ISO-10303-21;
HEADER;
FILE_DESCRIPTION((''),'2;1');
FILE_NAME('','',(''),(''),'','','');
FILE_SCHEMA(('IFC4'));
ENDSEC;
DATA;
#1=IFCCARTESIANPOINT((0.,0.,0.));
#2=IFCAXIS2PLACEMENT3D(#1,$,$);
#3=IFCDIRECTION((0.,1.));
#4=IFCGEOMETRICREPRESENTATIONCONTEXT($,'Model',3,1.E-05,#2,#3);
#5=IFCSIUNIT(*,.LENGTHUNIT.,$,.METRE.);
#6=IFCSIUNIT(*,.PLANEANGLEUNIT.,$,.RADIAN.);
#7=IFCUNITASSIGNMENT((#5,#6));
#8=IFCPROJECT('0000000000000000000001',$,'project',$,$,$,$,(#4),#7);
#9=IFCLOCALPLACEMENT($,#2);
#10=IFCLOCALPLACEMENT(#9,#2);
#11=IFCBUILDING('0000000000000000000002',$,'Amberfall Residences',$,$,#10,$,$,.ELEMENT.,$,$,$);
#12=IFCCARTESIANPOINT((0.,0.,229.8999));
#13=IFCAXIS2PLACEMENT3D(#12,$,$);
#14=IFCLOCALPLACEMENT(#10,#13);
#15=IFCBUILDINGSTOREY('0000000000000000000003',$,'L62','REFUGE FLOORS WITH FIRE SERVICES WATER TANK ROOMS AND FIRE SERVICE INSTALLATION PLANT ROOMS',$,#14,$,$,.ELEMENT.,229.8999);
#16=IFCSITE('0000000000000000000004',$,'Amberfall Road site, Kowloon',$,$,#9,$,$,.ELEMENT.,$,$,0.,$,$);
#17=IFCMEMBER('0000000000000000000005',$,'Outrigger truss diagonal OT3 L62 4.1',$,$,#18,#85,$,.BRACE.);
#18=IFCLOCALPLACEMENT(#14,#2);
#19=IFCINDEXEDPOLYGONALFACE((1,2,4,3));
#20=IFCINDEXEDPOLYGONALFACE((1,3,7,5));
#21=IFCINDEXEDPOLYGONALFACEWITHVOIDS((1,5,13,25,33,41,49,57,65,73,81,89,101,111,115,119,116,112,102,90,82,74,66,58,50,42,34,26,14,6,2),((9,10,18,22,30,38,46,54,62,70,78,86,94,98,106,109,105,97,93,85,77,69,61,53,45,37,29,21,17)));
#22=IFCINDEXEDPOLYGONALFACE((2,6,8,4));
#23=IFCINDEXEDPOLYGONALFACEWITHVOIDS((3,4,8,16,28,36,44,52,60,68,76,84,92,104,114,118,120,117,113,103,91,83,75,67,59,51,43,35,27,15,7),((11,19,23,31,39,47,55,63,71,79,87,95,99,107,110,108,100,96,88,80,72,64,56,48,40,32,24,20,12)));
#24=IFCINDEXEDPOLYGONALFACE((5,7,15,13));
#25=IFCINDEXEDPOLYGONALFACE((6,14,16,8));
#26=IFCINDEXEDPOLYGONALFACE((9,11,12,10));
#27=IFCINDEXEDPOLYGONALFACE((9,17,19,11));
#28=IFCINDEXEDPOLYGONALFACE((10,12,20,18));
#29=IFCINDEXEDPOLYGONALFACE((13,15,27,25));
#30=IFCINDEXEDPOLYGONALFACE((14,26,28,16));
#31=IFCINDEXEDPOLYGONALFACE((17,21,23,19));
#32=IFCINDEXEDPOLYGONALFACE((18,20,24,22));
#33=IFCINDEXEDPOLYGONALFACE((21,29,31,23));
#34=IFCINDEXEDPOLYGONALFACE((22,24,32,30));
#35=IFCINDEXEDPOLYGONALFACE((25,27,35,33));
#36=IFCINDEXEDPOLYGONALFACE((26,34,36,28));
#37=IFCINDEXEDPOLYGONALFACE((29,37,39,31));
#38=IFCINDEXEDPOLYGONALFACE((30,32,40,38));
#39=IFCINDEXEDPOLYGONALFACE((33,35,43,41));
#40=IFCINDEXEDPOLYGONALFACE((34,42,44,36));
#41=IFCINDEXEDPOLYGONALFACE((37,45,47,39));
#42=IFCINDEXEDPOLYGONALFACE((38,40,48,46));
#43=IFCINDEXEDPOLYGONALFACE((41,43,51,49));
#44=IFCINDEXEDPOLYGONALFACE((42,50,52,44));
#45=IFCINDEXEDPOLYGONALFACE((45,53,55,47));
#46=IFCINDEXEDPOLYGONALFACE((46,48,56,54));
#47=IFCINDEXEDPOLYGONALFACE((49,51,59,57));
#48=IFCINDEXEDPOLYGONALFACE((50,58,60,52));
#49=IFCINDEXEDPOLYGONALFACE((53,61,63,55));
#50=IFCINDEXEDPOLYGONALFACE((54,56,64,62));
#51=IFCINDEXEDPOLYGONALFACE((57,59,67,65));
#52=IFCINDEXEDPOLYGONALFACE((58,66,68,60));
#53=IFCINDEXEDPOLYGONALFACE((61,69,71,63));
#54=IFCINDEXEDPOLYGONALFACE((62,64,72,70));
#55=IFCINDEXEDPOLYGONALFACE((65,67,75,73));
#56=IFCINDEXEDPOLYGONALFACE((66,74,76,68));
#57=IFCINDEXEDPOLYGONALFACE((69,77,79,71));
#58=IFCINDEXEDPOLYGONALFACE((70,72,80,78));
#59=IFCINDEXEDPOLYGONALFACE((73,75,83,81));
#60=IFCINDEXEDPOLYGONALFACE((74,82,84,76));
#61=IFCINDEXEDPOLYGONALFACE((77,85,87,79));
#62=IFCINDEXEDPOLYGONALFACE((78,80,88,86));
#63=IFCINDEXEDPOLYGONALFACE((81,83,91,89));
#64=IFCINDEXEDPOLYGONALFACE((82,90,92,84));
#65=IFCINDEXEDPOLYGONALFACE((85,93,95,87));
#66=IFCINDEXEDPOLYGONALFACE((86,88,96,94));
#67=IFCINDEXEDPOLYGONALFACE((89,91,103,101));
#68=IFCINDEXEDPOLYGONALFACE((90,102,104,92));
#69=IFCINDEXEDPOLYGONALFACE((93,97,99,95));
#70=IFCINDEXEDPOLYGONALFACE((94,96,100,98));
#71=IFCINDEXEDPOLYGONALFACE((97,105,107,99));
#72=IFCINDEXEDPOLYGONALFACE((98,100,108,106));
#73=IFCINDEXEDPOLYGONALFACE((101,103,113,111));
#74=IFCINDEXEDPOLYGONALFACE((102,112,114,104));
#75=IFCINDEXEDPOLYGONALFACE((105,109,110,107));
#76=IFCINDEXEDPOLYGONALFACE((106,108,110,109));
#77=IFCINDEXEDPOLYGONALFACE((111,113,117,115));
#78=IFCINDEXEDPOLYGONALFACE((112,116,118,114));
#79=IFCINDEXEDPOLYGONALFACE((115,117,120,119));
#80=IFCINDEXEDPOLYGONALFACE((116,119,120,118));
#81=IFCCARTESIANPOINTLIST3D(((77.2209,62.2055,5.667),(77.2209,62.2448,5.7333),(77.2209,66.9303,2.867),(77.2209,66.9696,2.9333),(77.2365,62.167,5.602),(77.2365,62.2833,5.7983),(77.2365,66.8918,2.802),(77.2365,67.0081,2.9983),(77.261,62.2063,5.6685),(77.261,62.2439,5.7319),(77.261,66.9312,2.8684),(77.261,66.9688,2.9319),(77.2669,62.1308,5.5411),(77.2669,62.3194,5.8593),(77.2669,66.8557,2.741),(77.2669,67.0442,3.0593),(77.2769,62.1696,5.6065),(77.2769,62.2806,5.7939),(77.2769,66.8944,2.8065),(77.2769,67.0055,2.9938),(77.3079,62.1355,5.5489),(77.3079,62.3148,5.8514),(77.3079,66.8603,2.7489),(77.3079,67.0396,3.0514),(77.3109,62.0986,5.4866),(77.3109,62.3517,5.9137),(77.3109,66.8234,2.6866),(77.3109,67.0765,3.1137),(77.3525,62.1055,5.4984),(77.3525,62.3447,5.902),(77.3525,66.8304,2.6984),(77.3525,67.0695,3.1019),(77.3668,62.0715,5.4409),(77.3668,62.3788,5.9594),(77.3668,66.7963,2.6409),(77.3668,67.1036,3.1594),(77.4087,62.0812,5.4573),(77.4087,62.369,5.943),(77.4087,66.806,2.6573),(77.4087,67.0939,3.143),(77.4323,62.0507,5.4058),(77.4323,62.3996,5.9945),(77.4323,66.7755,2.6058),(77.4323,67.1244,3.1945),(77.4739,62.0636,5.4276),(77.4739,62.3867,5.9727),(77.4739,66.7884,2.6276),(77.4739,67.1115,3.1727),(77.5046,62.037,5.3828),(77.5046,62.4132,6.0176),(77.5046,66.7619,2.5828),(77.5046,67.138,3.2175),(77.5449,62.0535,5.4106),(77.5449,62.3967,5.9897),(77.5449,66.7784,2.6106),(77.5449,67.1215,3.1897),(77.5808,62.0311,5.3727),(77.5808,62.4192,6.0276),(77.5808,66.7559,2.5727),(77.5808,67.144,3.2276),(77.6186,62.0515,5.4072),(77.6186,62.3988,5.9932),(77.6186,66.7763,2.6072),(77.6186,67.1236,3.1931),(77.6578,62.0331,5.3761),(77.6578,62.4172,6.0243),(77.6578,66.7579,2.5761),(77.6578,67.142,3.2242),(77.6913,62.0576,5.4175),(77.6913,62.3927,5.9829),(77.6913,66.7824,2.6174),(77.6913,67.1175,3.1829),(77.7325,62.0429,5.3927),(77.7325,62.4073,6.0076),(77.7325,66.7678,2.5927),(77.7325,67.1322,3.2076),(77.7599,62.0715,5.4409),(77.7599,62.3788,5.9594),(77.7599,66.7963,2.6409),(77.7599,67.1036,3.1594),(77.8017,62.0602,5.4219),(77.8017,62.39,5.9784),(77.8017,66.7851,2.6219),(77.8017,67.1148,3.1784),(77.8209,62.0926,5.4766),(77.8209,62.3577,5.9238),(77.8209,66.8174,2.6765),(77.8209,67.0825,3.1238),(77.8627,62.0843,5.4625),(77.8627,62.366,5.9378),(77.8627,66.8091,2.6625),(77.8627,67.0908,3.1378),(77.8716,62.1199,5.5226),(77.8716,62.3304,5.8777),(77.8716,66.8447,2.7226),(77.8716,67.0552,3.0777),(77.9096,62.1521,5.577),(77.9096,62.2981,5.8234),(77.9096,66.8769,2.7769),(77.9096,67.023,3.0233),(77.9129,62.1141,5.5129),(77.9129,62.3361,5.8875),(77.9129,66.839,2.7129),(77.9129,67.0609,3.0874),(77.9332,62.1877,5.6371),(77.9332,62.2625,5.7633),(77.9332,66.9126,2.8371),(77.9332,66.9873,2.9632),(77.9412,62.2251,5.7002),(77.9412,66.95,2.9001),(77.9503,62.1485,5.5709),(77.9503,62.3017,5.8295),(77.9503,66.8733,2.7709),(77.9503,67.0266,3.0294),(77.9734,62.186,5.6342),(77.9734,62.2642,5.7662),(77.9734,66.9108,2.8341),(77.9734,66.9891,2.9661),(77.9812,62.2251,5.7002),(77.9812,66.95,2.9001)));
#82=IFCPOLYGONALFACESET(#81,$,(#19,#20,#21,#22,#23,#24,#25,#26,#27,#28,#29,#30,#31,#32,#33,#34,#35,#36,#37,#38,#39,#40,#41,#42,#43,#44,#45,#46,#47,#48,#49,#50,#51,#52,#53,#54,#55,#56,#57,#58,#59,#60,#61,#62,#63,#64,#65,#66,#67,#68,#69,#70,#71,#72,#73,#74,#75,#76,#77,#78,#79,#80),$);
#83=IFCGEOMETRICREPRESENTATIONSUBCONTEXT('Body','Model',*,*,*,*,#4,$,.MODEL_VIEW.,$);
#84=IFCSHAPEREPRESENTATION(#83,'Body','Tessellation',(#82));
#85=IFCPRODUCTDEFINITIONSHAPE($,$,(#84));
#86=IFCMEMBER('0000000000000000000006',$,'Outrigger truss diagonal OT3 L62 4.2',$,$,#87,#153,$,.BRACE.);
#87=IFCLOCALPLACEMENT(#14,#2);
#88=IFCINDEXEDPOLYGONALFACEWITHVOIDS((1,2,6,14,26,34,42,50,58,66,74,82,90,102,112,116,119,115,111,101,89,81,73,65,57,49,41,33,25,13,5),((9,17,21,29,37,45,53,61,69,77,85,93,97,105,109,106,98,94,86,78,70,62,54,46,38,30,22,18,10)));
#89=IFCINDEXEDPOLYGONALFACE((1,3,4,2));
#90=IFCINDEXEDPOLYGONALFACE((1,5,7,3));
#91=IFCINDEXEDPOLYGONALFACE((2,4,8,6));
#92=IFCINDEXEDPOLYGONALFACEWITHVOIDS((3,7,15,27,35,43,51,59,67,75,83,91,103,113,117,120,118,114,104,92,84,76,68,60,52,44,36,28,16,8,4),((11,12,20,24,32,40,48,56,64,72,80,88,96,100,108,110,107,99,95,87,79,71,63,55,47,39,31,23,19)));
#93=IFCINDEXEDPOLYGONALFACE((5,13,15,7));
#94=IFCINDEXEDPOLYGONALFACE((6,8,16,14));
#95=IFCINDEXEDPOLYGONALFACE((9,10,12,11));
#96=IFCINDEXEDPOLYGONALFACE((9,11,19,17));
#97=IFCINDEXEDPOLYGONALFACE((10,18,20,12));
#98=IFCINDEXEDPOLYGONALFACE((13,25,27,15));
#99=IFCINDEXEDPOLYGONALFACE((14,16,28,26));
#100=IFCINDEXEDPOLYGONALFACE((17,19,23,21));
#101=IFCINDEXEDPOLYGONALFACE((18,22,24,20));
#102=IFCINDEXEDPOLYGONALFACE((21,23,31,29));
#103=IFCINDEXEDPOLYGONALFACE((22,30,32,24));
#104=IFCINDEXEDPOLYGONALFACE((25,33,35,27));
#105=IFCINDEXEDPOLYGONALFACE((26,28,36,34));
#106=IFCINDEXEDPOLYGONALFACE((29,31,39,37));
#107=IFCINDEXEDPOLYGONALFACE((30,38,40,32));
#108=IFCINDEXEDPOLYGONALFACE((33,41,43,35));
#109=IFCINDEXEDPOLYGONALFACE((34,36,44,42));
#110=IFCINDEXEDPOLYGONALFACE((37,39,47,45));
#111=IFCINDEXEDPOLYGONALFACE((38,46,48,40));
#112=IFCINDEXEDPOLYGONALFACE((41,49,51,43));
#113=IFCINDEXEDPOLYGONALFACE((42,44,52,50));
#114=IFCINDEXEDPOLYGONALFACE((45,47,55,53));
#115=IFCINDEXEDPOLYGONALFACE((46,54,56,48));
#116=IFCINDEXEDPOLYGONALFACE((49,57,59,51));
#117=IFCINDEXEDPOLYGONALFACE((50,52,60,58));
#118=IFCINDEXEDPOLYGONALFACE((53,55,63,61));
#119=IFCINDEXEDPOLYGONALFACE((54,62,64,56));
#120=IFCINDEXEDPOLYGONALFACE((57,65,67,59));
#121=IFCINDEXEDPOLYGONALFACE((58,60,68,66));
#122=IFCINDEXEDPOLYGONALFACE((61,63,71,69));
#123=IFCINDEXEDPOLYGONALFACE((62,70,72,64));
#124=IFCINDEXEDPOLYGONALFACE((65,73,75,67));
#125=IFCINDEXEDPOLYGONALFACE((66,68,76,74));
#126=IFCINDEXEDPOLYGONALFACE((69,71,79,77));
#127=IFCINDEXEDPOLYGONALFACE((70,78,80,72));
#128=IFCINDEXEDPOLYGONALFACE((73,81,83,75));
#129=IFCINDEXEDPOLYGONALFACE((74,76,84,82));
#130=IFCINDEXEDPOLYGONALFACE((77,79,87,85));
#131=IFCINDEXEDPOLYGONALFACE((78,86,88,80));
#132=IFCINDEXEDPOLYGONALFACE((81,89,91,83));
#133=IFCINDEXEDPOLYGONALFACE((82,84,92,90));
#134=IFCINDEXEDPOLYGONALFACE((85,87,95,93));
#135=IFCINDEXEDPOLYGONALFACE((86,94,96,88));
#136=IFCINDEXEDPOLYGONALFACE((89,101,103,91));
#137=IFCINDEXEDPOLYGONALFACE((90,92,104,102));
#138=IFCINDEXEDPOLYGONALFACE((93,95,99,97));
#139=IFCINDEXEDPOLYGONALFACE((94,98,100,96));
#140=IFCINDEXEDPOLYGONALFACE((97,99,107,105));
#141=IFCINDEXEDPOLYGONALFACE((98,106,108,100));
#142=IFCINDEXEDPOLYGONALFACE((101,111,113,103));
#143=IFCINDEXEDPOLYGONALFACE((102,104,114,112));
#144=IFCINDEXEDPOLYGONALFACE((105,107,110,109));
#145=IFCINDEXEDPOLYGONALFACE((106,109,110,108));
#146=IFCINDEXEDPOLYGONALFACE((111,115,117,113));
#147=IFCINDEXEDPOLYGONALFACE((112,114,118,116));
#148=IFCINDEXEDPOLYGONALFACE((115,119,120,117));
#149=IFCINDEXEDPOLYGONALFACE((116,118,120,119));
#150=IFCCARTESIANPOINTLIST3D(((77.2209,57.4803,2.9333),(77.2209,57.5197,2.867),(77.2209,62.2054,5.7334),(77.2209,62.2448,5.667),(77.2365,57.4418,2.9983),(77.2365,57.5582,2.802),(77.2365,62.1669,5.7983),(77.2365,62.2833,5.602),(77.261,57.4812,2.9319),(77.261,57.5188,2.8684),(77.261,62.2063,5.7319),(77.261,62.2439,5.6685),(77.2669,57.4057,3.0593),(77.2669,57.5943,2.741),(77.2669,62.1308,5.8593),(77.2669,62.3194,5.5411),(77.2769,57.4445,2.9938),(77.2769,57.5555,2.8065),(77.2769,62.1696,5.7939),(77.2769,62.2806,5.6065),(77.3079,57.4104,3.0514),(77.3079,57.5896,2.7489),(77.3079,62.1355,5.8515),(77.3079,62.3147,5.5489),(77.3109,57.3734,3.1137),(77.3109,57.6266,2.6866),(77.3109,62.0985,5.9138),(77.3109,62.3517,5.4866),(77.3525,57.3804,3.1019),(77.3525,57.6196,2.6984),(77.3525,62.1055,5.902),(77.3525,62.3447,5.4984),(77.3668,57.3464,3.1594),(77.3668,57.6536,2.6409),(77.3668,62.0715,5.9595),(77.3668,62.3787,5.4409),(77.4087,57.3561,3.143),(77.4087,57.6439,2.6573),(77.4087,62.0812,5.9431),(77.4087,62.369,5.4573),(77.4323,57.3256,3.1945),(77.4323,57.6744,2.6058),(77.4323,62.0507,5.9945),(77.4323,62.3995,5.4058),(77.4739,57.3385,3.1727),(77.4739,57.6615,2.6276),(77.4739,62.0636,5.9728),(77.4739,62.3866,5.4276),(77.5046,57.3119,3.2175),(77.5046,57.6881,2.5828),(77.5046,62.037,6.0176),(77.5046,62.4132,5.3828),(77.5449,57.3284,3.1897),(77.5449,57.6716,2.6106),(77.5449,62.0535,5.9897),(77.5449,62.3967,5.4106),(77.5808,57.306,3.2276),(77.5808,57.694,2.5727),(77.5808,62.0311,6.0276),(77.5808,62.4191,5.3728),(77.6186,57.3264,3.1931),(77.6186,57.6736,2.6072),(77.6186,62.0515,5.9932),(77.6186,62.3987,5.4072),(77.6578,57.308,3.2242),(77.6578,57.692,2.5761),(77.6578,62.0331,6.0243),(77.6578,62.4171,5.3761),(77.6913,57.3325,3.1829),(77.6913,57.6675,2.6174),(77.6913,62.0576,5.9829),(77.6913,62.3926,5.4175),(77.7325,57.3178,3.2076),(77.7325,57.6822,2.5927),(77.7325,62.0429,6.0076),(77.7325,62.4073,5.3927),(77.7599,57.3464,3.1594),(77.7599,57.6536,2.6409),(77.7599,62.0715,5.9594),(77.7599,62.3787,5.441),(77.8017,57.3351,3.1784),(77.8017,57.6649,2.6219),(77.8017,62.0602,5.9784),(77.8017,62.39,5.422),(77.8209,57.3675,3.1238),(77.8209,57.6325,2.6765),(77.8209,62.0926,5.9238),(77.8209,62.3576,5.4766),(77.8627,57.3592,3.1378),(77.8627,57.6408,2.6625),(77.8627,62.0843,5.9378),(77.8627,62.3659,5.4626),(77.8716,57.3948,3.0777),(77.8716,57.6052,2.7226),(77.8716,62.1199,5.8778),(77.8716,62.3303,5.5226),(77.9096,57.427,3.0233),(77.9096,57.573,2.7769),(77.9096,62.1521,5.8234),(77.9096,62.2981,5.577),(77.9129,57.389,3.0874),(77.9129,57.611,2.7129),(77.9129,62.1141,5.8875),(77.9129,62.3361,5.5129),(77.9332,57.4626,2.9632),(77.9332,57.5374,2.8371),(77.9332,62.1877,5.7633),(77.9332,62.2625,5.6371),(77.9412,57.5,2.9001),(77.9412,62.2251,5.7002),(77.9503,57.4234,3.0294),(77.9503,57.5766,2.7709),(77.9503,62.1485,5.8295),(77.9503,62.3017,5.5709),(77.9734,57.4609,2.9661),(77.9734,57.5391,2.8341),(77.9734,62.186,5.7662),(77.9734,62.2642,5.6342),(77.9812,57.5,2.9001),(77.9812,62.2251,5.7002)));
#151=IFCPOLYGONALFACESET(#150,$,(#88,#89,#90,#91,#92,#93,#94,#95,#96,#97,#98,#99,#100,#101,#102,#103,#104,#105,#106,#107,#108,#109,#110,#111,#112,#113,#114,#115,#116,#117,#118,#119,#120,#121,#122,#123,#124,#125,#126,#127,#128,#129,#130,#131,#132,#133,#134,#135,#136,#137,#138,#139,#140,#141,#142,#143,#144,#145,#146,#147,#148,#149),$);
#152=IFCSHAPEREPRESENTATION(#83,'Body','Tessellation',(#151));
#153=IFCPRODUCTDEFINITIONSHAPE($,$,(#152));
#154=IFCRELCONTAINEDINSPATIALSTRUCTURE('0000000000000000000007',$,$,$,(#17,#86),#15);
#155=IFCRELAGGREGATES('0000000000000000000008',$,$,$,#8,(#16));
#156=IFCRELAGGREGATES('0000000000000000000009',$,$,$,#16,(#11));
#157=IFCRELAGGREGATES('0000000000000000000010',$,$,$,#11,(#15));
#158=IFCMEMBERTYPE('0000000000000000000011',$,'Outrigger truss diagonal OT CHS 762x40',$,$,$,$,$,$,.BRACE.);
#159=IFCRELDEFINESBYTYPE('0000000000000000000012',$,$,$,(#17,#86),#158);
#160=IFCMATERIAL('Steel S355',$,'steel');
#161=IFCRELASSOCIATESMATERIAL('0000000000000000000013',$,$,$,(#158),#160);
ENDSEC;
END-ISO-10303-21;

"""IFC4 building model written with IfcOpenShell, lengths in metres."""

from ifc_helpers import new_model, si_unit, direction, frame, origin, origin_2d, place, context, subcontext, project, spatial, hollow_circle, extrude, material, material_profile, profile_set, type_object, element, save


model = new_model("IFC4")

# Units and contexts
model_context = context("Model", 3, precision=1e-05, world=origin(), true_north=direction((0.0, 1.0)))
body_context = subcontext(model_context, "Body", "Model", "MODEL_VIEW")
ifc_project = project(units=[si_unit("LENGTHUNIT", "METRE"), si_unit("PLANEANGLEUNIT", "RADIAN")], contexts=[model_context])

# Site, building, storey
site_placement = place(None, origin())
site = spatial("IfcSite", under=ifc_project, at=site_placement, Name="Amberfall Road site, Kowloon", CompositionType="ELEMENT", RefElevation=0.0)
building_placement = place(site_placement, origin())
building = spatial("IfcBuilding", under=site, at=building_placement, Name="Amberfall Residences", CompositionType="ELEMENT")
storey_placement = place(building_placement, frame((0.0, 0.0, 229.8999)))
storey = spatial("IfcBuildingStorey", under=building, at=storey_placement, Name="L62", Description="REFUGE FLOORS WITH FIRE SERVICES WATER TANK ROOMS AND FIRE SERVICE INSTALLATION PLANT ROOMS", CompositionType="ELEMENT", Elevation=229.8999)

# Shared definitions
ifc_material_1 = material(Name="Steel S355", Category="steel")

# Members
ifc_material_profile_1 = material_profile(ifc_material_1, hollow_circle(Radius=0.3811, WallThickness=0.04, at=origin_2d()), Name="CHS 762x40")
ifc_profile_set_1 = profile_set([ifc_material_profile_1], Name="Steel S355")
member_type_1 = type_object("IfcMemberType", Name="Outrigger truss diagonal OT CHS 762x40", PredefinedType="BRACE", material=ifc_profile_set_1)
member_1_placement = place(storey_placement, frame((77.6001, 66.95, 2.9001), z_axis=(0.0, -0.860281, 0.509821), x_axis=(1.0, 0.0, 0.0)))
element("IfcMember", 1, at=member_1_placement, inside=storey, type_object=member_type_1, Name="Outrigger truss diagonal OT3 L62 4.1", PredefinedType="BRACE", context=body_context, shape_type="SweptSolid", body=[
    extrude(hollow_circle(Radius=0.3811, WallThickness=0.04, at=origin_2d()), origin(), (0.0, 0.0, 1.0), 5.4922),
])
member_2_placement = place(storey_placement, frame((77.6001, 62.2251, 5.7002), z_axis=(0.0, -0.860292, -0.509801), x_axis=(1.0, 0.0, 0.0)))
element("IfcMember", 2, at=member_2_placement, inside=storey, type_object=member_type_1, Name="Outrigger truss diagonal OT3 L62 4.2", PredefinedType="BRACE", context=body_context, shape_type="SweptSolid", body=[
    extrude(hollow_circle(Radius=0.3811, WallThickness=0.04, at=origin_2d()), origin(), (0.0, 0.0, 1.0), 5.4924),
])

save(model, "model.ifc")
